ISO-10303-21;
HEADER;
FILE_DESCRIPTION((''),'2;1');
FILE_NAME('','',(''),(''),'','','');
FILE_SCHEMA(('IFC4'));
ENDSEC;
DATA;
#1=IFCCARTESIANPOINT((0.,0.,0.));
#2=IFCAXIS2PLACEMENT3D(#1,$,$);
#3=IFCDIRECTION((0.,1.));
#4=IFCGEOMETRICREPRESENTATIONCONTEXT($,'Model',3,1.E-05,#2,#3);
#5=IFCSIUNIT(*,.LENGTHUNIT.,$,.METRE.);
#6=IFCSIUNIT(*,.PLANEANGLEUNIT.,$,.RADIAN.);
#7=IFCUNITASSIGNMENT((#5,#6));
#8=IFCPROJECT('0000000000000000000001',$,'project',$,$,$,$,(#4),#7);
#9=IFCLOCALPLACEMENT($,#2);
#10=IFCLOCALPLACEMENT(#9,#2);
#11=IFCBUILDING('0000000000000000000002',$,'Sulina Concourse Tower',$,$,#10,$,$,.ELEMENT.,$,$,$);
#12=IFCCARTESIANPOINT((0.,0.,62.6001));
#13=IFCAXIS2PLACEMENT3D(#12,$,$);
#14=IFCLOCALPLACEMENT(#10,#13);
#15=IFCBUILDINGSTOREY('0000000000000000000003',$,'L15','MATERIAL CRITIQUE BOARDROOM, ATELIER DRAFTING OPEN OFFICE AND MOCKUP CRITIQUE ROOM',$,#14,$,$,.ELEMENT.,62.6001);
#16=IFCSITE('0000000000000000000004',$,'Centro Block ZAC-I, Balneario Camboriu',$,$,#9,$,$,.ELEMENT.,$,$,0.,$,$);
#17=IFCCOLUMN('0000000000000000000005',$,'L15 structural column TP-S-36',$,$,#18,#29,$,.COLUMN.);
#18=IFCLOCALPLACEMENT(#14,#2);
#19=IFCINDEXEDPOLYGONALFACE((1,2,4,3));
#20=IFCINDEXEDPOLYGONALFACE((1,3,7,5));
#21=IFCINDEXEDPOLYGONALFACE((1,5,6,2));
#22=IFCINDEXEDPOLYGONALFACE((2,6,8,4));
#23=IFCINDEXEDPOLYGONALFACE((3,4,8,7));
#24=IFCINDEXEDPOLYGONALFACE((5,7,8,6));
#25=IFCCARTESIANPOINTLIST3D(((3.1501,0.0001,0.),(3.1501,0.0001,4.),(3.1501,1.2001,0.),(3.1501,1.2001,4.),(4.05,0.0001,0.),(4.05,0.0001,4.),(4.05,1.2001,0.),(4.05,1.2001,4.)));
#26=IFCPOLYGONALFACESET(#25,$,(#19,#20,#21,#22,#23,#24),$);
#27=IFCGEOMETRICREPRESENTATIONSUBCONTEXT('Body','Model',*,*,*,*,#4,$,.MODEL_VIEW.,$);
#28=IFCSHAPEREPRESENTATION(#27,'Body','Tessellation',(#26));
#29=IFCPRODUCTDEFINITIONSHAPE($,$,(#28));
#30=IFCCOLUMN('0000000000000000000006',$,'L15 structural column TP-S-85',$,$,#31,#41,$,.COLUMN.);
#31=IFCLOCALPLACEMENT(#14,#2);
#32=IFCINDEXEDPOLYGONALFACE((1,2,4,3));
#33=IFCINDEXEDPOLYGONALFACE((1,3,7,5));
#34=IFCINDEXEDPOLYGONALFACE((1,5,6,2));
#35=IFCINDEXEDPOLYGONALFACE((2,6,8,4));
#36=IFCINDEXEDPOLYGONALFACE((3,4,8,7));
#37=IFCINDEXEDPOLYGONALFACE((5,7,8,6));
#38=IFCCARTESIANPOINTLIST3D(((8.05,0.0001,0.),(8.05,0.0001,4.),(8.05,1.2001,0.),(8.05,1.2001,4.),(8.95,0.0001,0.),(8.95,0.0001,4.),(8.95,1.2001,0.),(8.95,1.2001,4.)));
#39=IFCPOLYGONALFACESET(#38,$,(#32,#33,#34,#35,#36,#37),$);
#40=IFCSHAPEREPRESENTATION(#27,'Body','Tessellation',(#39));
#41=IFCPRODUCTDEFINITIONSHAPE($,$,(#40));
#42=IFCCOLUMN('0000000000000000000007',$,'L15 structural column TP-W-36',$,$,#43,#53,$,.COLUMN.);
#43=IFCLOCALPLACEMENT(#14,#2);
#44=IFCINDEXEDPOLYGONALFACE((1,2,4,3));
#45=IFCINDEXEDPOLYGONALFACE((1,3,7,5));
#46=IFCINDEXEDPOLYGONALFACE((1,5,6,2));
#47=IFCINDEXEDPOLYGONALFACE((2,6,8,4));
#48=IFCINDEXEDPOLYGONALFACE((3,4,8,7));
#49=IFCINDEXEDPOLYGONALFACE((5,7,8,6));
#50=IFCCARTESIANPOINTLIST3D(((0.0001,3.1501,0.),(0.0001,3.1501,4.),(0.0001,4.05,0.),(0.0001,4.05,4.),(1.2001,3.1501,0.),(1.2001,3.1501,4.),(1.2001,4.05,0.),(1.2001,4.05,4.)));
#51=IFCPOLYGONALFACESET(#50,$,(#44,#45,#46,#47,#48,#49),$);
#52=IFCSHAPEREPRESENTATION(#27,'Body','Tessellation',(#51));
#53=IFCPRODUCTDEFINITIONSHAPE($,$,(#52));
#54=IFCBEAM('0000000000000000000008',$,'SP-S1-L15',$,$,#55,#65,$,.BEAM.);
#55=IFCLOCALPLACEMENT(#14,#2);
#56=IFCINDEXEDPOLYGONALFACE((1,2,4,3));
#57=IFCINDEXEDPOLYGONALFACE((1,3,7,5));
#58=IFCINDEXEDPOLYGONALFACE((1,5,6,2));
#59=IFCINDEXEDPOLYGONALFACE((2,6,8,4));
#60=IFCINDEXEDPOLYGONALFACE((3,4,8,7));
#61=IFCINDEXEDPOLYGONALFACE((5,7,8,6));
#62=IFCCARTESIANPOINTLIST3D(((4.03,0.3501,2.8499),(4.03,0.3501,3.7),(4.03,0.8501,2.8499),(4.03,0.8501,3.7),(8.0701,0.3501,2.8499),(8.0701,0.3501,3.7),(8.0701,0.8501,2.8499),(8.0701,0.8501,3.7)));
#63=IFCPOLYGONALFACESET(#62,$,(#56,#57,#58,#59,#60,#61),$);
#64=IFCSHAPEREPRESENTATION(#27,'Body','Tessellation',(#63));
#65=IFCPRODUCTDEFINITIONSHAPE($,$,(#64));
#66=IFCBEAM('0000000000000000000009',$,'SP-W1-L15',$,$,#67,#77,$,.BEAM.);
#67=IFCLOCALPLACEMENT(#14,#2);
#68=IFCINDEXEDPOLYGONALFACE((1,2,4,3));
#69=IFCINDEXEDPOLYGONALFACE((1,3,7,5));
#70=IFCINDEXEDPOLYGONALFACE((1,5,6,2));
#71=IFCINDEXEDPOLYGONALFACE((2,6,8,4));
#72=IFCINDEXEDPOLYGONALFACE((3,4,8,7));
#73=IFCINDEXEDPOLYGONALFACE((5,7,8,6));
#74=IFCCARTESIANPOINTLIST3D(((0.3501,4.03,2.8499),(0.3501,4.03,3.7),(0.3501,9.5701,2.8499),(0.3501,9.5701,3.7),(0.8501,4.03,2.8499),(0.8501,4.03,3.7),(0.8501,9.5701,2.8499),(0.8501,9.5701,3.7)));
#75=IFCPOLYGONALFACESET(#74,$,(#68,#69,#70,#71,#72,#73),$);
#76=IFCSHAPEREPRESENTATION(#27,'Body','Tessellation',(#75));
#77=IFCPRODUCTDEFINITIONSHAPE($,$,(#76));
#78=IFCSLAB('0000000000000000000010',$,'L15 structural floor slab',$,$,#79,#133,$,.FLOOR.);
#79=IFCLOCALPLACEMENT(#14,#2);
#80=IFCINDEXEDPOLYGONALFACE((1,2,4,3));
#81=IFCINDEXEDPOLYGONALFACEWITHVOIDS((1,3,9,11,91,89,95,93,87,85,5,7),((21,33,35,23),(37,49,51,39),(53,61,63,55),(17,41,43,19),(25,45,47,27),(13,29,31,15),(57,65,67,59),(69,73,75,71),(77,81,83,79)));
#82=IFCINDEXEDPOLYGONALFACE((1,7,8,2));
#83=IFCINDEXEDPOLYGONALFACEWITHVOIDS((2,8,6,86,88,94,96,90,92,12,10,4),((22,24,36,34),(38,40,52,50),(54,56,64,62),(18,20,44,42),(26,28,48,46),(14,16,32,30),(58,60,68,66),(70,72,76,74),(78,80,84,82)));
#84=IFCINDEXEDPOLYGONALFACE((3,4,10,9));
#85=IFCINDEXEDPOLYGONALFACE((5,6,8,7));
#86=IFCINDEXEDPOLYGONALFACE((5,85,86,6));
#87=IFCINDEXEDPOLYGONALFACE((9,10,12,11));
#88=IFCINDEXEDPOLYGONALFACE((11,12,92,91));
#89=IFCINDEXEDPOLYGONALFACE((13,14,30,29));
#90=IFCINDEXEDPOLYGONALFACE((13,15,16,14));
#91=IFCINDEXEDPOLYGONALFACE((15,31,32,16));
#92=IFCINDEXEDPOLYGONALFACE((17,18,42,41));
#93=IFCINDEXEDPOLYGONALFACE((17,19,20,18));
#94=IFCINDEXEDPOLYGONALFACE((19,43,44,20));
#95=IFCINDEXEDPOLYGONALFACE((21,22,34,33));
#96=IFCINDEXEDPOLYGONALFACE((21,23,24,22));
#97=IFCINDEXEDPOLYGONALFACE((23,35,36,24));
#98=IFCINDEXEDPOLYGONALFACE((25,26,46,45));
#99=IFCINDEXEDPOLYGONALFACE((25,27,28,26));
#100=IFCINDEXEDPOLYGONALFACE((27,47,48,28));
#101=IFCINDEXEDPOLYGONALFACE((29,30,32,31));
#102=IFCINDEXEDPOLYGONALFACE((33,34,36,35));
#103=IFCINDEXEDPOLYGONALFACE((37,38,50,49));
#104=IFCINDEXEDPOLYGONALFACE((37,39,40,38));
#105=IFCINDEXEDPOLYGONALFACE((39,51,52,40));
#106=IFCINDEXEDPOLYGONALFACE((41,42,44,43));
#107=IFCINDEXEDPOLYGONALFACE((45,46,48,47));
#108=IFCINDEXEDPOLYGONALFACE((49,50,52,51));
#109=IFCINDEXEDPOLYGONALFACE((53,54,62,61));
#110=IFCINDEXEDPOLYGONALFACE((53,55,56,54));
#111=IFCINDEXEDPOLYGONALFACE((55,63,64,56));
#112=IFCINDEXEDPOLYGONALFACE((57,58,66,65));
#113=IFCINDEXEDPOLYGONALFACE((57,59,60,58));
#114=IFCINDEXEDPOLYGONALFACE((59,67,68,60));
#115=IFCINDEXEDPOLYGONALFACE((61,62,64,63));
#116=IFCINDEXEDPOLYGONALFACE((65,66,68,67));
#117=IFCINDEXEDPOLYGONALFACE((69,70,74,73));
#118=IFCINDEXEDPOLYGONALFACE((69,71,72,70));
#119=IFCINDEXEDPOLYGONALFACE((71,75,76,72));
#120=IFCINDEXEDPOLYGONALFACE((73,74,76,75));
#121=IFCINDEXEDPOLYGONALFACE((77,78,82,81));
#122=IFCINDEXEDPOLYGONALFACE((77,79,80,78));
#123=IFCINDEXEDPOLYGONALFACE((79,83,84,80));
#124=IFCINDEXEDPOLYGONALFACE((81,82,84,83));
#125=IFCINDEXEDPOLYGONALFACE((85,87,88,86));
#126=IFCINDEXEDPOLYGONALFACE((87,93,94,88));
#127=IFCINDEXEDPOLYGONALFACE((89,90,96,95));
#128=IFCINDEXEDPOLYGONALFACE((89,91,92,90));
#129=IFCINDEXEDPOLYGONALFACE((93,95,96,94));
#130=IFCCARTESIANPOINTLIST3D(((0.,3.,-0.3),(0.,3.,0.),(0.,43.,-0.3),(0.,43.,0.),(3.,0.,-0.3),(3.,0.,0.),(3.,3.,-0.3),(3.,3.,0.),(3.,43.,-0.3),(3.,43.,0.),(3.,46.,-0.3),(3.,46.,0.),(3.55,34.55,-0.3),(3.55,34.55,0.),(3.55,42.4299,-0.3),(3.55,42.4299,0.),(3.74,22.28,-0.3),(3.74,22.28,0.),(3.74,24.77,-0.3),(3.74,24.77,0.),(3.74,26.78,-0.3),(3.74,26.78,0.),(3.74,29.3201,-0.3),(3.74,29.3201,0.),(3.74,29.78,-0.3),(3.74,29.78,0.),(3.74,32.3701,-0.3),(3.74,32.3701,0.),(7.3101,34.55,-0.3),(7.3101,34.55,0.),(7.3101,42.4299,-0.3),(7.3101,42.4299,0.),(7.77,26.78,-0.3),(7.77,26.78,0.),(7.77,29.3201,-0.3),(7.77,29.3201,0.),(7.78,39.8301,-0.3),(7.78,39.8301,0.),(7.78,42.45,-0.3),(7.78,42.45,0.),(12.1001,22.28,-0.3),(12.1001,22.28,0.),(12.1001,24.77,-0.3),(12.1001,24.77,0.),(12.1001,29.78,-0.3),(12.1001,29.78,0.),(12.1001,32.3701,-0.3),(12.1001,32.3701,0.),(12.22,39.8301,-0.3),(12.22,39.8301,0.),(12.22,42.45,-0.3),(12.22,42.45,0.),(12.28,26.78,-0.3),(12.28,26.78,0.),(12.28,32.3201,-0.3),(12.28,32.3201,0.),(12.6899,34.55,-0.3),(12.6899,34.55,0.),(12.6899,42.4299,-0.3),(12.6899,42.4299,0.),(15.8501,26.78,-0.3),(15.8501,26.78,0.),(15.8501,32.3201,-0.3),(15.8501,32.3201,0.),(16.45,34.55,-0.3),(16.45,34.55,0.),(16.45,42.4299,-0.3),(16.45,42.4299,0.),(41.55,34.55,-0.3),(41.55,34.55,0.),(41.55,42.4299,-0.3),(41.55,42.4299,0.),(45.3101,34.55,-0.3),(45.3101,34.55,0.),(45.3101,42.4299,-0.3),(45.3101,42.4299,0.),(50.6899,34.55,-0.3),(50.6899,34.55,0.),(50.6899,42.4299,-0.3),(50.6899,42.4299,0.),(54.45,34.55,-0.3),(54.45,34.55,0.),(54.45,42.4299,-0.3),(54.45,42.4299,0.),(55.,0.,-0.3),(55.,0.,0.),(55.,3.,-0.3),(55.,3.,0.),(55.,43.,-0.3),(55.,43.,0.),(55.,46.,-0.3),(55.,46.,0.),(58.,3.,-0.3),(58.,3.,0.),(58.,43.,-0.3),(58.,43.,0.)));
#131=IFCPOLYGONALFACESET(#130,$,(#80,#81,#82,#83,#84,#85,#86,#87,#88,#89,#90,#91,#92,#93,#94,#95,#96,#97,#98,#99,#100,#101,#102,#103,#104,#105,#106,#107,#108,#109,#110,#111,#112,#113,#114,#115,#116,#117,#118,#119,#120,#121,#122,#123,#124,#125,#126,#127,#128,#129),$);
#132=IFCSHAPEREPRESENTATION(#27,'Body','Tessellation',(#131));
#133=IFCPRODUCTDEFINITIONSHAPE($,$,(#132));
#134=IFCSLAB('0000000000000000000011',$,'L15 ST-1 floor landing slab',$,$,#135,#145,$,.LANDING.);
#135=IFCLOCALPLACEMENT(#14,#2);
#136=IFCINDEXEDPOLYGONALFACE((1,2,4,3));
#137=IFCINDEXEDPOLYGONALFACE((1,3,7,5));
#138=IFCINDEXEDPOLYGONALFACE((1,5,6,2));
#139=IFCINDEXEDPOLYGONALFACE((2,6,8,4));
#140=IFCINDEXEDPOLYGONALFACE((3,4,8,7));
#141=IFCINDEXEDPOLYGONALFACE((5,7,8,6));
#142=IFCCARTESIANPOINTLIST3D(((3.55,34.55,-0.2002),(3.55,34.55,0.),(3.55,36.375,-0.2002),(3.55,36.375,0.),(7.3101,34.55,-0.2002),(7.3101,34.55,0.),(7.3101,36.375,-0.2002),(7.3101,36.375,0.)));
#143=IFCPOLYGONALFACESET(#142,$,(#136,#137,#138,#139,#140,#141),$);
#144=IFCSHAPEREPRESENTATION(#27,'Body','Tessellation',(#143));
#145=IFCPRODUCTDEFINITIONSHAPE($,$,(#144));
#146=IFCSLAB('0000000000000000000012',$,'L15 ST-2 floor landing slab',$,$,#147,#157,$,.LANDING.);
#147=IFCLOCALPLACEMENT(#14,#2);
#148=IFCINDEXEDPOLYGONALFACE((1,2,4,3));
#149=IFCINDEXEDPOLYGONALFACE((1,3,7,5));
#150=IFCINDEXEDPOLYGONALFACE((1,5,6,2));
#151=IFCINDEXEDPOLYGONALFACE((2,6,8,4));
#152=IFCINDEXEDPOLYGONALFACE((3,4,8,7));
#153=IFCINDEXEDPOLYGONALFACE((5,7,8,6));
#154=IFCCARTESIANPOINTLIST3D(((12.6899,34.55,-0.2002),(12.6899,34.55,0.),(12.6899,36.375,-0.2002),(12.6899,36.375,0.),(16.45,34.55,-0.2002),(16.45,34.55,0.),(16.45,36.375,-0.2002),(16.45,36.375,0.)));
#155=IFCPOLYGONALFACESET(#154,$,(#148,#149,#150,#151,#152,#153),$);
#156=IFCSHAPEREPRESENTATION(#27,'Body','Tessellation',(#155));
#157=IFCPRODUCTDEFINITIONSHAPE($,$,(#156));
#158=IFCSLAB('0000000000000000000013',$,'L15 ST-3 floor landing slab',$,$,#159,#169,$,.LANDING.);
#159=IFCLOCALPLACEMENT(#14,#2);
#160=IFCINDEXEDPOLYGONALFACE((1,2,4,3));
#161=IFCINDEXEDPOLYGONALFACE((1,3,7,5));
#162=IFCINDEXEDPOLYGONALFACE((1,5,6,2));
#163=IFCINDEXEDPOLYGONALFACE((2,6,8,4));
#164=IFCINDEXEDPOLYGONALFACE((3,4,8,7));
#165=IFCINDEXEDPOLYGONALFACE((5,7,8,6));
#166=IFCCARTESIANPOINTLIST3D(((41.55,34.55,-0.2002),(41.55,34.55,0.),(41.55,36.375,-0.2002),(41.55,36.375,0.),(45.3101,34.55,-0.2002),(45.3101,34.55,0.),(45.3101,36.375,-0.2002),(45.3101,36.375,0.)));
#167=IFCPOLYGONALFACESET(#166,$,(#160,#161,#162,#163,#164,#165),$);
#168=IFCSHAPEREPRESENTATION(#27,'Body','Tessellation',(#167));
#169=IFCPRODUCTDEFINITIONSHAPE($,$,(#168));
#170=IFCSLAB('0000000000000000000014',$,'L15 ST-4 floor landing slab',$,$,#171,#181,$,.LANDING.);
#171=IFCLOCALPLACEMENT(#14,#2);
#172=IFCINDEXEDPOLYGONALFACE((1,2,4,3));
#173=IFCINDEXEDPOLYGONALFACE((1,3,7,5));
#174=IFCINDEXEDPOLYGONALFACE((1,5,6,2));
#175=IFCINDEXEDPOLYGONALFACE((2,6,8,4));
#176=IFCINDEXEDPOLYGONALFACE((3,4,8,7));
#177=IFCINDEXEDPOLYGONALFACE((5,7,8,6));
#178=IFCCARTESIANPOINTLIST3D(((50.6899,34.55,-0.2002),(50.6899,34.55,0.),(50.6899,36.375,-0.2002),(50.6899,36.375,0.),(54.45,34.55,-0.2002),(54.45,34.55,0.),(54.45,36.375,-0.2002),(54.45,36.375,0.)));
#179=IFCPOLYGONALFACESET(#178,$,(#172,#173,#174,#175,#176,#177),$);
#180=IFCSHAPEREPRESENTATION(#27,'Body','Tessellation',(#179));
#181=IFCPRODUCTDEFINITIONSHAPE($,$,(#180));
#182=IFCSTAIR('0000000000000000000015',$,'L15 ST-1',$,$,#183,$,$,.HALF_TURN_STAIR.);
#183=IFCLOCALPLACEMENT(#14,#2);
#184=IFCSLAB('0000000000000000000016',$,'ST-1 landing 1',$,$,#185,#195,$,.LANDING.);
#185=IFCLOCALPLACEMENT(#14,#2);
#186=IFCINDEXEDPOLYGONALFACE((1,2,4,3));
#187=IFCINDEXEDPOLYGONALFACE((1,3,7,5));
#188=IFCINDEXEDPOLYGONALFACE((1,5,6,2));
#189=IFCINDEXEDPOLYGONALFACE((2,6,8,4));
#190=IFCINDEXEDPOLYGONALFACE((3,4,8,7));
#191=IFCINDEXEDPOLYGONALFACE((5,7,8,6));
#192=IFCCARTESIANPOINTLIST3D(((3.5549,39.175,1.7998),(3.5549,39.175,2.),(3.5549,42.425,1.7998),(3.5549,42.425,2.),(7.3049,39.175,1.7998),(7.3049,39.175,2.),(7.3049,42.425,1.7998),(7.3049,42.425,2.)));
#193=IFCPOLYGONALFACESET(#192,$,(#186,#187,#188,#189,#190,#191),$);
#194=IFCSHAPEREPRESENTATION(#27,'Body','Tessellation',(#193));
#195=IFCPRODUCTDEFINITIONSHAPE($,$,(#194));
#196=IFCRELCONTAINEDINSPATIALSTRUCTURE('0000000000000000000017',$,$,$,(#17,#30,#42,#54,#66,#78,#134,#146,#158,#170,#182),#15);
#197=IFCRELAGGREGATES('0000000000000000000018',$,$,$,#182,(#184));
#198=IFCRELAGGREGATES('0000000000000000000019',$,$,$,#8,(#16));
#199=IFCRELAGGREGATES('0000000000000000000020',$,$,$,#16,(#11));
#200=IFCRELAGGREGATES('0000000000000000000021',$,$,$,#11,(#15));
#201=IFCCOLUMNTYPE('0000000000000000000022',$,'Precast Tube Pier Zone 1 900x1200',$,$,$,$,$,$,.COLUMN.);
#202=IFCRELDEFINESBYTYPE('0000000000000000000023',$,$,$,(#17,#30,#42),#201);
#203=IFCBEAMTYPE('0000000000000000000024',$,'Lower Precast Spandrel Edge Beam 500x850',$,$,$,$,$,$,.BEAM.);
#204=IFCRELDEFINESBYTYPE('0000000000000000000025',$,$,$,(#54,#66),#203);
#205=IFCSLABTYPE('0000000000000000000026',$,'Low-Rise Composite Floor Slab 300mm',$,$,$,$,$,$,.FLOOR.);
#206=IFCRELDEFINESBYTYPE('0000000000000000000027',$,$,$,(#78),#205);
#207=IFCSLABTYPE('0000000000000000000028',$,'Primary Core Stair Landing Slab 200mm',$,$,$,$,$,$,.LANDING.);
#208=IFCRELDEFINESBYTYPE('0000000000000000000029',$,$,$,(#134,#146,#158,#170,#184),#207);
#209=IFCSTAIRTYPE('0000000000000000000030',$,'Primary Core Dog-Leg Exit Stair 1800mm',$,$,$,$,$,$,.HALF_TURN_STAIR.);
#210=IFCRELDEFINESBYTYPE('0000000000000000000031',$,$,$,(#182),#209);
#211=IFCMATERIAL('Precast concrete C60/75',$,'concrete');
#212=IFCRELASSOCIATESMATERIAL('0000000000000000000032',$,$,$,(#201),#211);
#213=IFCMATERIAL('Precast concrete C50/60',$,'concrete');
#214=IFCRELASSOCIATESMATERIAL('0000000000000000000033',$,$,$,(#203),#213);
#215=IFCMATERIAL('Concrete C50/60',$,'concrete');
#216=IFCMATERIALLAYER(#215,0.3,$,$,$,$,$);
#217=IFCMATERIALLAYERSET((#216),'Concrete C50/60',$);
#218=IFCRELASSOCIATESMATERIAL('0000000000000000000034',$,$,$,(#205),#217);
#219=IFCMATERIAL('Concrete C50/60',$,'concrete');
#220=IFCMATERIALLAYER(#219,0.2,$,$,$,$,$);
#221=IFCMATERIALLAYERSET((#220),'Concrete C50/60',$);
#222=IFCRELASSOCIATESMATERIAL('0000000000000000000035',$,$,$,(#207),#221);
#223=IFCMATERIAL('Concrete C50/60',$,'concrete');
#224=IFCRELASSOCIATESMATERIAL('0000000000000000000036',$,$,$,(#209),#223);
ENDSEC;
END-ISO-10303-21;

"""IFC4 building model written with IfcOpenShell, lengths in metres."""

from ifc_helpers import new_model, si_unit, direction, frame, origin, origin_2d, place, context, subcontext, project, spatial, polyline, rectangle, outline, extrude, material, layer, layer_set, material_profile, profile_set, type_object, element, aggregate, save


model = new_model("IFC4")

# Units and contexts
model_context = context("Model", 3, precision=1e-05, world=origin(), true_north=direction((0.0, 1.0)))
body_context = subcontext(model_context, "Body", "Model", "MODEL_VIEW")
ifc_project = project(units=[si_unit("LENGTHUNIT", "METRE"), si_unit("PLANEANGLEUNIT", "RADIAN")], contexts=[model_context])

# Site, building, storey
site_placement = place(None, origin())
site = spatial("IfcSite", under=ifc_project, at=site_placement, Name="Centro Block ZAC-I, Balneario Camboriu", CompositionType="ELEMENT", RefElevation=0.0)
building_placement = place(site_placement, origin())
building = spatial("IfcBuilding", under=site, at=building_placement, Name="Sulina Concourse Tower", CompositionType="ELEMENT")
storey_placement = place(building_placement, frame((0.0, 0.0, 62.6001)))
storey = spatial("IfcBuildingStorey", under=building, at=storey_placement, Name="L15", Description="MATERIAL CRITIQUE BOARDROOM, ATELIER DRAFTING OPEN OFFICE AND MOCKUP CRITIQUE ROOM", CompositionType="ELEMENT", Elevation=62.6001)

# Columns
ifc_material_1 = material(Name="Precast concrete C60/75", Category="concrete")
ifc_material_profile_1 = material_profile(ifc_material_1, rectangle(XDim=0.8999, YDim=1.2, at=origin_2d()), Name="PC 900x1200")
ifc_profile_set_1 = profile_set([ifc_material_profile_1], Name="Precast concrete C60/75")
column_type = type_object("IfcColumnType", Name="Precast Tube Pier Zone 1 900x1200", PredefinedType="COLUMN", material=ifc_profile_set_1)
for number, where, z_axis, x_axis, name in (
    (1, (3.6001, 0.6001, 0.0), (0.0, 0.0, 1.0), (1.0, 0.0, 0.0), "L15 structural column TP-S-36"),
    (2, (8.5, 0.6001, 0.0), (0.0, 0.0, 1.0), (1.0, 0.0, 0.0), "L15 structural column TP-S-85"),
    (3, (0.6001, 3.6001, 0.0), (0.0, 0.0, 1.0), (0.0, 1.0, 0.0), "L15 structural column TP-W-36"),
):
    element("IfcColumn", number, at=place(storey_placement, frame(where, z_axis=z_axis, x_axis=x_axis)), inside=storey, type_object=column_type, Name=name, PredefinedType="COLUMN", context=body_context, shape_type="SweptSolid", body=[
        extrude(rectangle(XDim=0.8999, YDim=1.2, at=origin_2d()), origin(), (0.0, 0.0, 1.0), 4.0),
    ])

# Beams
ifc_material_2 = material(Name="Precast concrete C50/60", Category="concrete")
ifc_material_profile_2 = material_profile(ifc_material_2, rectangle(XDim=0.5, YDim=0.8501, at=origin_2d()), Name="RC 500x850")
ifc_profile_set_2 = profile_set([ifc_material_profile_2], Name="Precast concrete C50/60")
beam_type = type_object("IfcBeamType", Name="Lower Precast Spandrel Edge Beam 500x850", PredefinedType="BEAM", material=ifc_profile_set_2)
beam_1_placement = place(storey_placement, frame((4.03, 0.6001, 3.2749), z_axis=(1.0, 0.0, 0.0), x_axis=(0.0, 1.0, 0.0)))
element("IfcBeam", 4, at=beam_1_placement, inside=storey, type_object=beam_type, Name="SP-S1-L15", PredefinedType="BEAM", context=body_context, shape_type="SweptSolid", body=[
    extrude(rectangle(XDim=0.5, YDim=0.8501, at=origin_2d()), origin(), (0.0, 0.0, 1.0), 4.04),
])
beam_2_placement = place(storey_placement, frame((0.6001, 4.03, 3.2749), z_axis=(0.0, 1.0, 0.0), x_axis=(-1.0, 0.0, 0.0)))
element("IfcBeam", 5, at=beam_2_placement, inside=storey, type_object=beam_type, Name="SP-W1-L15", PredefinedType="BEAM", context=body_context, shape_type="SweptSolid", body=[
    extrude(rectangle(XDim=0.5, YDim=0.8501, at=origin_2d()), origin(), (0.0, 0.0, 1.0), 5.54),
])

# Slabs
ifc_material_3 = material(Name="Concrete C50/60", Category="concrete")
ifc_layer_1 = layer(ifc_material_3, 0.3)
ifc_layer_set_1 = layer_set([ifc_layer_1], Name="Concrete C50/60")
slab_type_1 = type_object("IfcSlabType", Name="Low-Rise Composite Floor Slab 300mm", PredefinedType="FLOOR", material=ifc_layer_set_1)
slab_1_placement = place(storey_placement, frame((0.0, 0.0, -0.3)))
element("IfcSlab", 6, at=slab_1_placement, inside=storey, type_object=slab_type_1, Name="L15 structural floor slab", PredefinedType="FLOOR", context=body_context, shape_type="SweptSolid", body=[
    extrude(outline(polyline([(3.0, 0.0), (55.0, 0.0), (55.0, 3.0), (58.0, 3.0), (58.0, 43.0), (55.0, 43.0), (55.0, 46.0), (3.0, 46.0), (3.0, 43.0), (0.0, 43.0), (0.0, 3.0), (3.0, 3.0), (3.0, 0.0)]), holes=[polyline([(7.3101, 34.55), (7.3101, 42.4299), (3.55, 42.4299), (3.55, 34.55), (7.3101, 34.55)]), polyline([(16.45, 34.55), (16.45, 42.4299), (12.6899, 42.4299), (12.6899, 34.55), (16.45, 34.55)]), polyline([(45.3101, 34.55), (45.3101, 42.4299), (41.55, 42.4299), (41.55, 34.55), (45.3101, 34.55)]), polyline([(54.45, 34.55), (54.45, 42.4299), (50.6899, 42.4299), (50.6899, 34.55), (54.45, 34.55)]), polyline([(7.78, 39.8301), (12.22, 39.8301), (12.22, 42.45), (7.78, 42.45), (7.78, 39.8301)]), polyline([(3.74, 26.78), (7.77, 26.78), (7.77, 29.3201), (3.74, 29.3201), (3.74, 26.78)]), polyline([(3.74, 29.78), (12.1001, 29.78), (12.1001, 32.3701), (3.74, 32.3701), (3.74, 29.78)]), polyline([(3.74, 22.28), (12.1001, 22.28), (12.1001, 24.77), (3.74, 24.77), (3.74, 22.28)]), polyline([(12.28, 26.78), (15.8501, 26.78), (15.8501, 32.3201), (12.28, 32.3201), (12.28, 26.78)])]), origin(), (0.0, 0.0, 1.0), 0.3),
])
ifc_material_4 = material(Name="Concrete C50/60", Category="concrete")
ifc_layer_2 = layer(ifc_material_4, 0.2)
ifc_layer_set_2 = layer_set([ifc_layer_2], Name="Concrete C50/60")
slab_type_2 = type_object("IfcSlabType", Name="Primary Core Stair Landing Slab 200mm", PredefinedType="LANDING", material=ifc_layer_set_2)
slab_2_placement = place(storey_placement, frame((0.0, 0.0, -0.2002)))
element("IfcSlab", 7, at=slab_2_placement, inside=storey, type_object=slab_type_2, Name="L15 ST-1 floor landing slab", PredefinedType="LANDING", context=body_context, shape_type="SweptSolid", body=[
    extrude(outline(polyline([(7.3101, 34.55), (7.3101, 36.375), (3.55, 36.375), (3.55, 34.55), (7.3101, 34.55)])), origin(), (0.0, 0.0, 1.0), 0.2002),
])
slab_3_placement = place(storey_placement, frame((0.0, 0.0, -0.2002)))
element("IfcSlab", 8, at=slab_3_placement, inside=storey, type_object=slab_type_2, Name="L15 ST-2 floor landing slab", PredefinedType="LANDING", context=body_context, shape_type="SweptSolid", body=[
    extrude(outline(polyline([(16.45, 34.55), (16.45, 36.375), (12.6899, 36.375), (12.6899, 34.55), (16.45, 34.55)])), origin(), (0.0, 0.0, 1.0), 0.2002),
])
slab_4_placement = place(storey_placement, frame((0.0, 0.0, -0.2002)))
element("IfcSlab", 9, at=slab_4_placement, inside=storey, type_object=slab_type_2, Name="L15 ST-3 floor landing slab", PredefinedType="LANDING", context=body_context, shape_type="SweptSolid", body=[
    extrude(outline(polyline([(45.3101, 34.55), (45.3101, 36.375), (41.55, 36.375), (41.55, 34.55), (45.3101, 34.55)])), origin(), (0.0, 0.0, 1.0), 0.2002),
])
slab_5_placement = place(storey_placement, frame((0.0, 0.0, -0.2002)))
element("IfcSlab", 10, at=slab_5_placement, inside=storey, type_object=slab_type_2, Name="L15 ST-4 floor landing slab", PredefinedType="LANDING", context=body_context, shape_type="SweptSolid", body=[
    extrude(outline(polyline([(54.45, 34.55), (54.45, 36.375), (50.6899, 36.375), (50.6899, 34.55), (54.45, 34.55)])), origin(), (0.0, 0.0, 1.0), 0.2002),
])

# Stair, slab
ifc_material_5 = material(Name="Concrete C50/60", Category="concrete")
stair_type_1 = type_object("IfcStairType", Name="Primary Core Dog-Leg Exit Stair 1800mm", PredefinedType="HALF_TURN_STAIR", material=ifc_material_5)
stair_1_placement = place(storey_placement, origin())
stair_1 = element("IfcStair", 11, at=stair_1_placement, inside=storey, type_object=stair_type_1, Name="L15 ST-1", PredefinedType="HALF_TURN_STAIR")
slab_6_placement = place(storey_placement, frame((0.0, 0.0, 1.7998)))
slab_6 = element("IfcSlab", 12, at=slab_6_placement, type_object=slab_type_2, Name="ST-1 landing 1", PredefinedType="LANDING", context=body_context, shape_type="SweptSolid", body=[
    extrude(outline(polyline([(7.3049, 39.175), (7.3049, 42.425), (3.5549, 42.425), (3.5549, 39.175), (7.3049, 39.175)])), origin(), (0.0, 0.0, 1.0), 0.2002),
])
aggregate(stair_1, [slab_6])

save(model, "model.ifc")
